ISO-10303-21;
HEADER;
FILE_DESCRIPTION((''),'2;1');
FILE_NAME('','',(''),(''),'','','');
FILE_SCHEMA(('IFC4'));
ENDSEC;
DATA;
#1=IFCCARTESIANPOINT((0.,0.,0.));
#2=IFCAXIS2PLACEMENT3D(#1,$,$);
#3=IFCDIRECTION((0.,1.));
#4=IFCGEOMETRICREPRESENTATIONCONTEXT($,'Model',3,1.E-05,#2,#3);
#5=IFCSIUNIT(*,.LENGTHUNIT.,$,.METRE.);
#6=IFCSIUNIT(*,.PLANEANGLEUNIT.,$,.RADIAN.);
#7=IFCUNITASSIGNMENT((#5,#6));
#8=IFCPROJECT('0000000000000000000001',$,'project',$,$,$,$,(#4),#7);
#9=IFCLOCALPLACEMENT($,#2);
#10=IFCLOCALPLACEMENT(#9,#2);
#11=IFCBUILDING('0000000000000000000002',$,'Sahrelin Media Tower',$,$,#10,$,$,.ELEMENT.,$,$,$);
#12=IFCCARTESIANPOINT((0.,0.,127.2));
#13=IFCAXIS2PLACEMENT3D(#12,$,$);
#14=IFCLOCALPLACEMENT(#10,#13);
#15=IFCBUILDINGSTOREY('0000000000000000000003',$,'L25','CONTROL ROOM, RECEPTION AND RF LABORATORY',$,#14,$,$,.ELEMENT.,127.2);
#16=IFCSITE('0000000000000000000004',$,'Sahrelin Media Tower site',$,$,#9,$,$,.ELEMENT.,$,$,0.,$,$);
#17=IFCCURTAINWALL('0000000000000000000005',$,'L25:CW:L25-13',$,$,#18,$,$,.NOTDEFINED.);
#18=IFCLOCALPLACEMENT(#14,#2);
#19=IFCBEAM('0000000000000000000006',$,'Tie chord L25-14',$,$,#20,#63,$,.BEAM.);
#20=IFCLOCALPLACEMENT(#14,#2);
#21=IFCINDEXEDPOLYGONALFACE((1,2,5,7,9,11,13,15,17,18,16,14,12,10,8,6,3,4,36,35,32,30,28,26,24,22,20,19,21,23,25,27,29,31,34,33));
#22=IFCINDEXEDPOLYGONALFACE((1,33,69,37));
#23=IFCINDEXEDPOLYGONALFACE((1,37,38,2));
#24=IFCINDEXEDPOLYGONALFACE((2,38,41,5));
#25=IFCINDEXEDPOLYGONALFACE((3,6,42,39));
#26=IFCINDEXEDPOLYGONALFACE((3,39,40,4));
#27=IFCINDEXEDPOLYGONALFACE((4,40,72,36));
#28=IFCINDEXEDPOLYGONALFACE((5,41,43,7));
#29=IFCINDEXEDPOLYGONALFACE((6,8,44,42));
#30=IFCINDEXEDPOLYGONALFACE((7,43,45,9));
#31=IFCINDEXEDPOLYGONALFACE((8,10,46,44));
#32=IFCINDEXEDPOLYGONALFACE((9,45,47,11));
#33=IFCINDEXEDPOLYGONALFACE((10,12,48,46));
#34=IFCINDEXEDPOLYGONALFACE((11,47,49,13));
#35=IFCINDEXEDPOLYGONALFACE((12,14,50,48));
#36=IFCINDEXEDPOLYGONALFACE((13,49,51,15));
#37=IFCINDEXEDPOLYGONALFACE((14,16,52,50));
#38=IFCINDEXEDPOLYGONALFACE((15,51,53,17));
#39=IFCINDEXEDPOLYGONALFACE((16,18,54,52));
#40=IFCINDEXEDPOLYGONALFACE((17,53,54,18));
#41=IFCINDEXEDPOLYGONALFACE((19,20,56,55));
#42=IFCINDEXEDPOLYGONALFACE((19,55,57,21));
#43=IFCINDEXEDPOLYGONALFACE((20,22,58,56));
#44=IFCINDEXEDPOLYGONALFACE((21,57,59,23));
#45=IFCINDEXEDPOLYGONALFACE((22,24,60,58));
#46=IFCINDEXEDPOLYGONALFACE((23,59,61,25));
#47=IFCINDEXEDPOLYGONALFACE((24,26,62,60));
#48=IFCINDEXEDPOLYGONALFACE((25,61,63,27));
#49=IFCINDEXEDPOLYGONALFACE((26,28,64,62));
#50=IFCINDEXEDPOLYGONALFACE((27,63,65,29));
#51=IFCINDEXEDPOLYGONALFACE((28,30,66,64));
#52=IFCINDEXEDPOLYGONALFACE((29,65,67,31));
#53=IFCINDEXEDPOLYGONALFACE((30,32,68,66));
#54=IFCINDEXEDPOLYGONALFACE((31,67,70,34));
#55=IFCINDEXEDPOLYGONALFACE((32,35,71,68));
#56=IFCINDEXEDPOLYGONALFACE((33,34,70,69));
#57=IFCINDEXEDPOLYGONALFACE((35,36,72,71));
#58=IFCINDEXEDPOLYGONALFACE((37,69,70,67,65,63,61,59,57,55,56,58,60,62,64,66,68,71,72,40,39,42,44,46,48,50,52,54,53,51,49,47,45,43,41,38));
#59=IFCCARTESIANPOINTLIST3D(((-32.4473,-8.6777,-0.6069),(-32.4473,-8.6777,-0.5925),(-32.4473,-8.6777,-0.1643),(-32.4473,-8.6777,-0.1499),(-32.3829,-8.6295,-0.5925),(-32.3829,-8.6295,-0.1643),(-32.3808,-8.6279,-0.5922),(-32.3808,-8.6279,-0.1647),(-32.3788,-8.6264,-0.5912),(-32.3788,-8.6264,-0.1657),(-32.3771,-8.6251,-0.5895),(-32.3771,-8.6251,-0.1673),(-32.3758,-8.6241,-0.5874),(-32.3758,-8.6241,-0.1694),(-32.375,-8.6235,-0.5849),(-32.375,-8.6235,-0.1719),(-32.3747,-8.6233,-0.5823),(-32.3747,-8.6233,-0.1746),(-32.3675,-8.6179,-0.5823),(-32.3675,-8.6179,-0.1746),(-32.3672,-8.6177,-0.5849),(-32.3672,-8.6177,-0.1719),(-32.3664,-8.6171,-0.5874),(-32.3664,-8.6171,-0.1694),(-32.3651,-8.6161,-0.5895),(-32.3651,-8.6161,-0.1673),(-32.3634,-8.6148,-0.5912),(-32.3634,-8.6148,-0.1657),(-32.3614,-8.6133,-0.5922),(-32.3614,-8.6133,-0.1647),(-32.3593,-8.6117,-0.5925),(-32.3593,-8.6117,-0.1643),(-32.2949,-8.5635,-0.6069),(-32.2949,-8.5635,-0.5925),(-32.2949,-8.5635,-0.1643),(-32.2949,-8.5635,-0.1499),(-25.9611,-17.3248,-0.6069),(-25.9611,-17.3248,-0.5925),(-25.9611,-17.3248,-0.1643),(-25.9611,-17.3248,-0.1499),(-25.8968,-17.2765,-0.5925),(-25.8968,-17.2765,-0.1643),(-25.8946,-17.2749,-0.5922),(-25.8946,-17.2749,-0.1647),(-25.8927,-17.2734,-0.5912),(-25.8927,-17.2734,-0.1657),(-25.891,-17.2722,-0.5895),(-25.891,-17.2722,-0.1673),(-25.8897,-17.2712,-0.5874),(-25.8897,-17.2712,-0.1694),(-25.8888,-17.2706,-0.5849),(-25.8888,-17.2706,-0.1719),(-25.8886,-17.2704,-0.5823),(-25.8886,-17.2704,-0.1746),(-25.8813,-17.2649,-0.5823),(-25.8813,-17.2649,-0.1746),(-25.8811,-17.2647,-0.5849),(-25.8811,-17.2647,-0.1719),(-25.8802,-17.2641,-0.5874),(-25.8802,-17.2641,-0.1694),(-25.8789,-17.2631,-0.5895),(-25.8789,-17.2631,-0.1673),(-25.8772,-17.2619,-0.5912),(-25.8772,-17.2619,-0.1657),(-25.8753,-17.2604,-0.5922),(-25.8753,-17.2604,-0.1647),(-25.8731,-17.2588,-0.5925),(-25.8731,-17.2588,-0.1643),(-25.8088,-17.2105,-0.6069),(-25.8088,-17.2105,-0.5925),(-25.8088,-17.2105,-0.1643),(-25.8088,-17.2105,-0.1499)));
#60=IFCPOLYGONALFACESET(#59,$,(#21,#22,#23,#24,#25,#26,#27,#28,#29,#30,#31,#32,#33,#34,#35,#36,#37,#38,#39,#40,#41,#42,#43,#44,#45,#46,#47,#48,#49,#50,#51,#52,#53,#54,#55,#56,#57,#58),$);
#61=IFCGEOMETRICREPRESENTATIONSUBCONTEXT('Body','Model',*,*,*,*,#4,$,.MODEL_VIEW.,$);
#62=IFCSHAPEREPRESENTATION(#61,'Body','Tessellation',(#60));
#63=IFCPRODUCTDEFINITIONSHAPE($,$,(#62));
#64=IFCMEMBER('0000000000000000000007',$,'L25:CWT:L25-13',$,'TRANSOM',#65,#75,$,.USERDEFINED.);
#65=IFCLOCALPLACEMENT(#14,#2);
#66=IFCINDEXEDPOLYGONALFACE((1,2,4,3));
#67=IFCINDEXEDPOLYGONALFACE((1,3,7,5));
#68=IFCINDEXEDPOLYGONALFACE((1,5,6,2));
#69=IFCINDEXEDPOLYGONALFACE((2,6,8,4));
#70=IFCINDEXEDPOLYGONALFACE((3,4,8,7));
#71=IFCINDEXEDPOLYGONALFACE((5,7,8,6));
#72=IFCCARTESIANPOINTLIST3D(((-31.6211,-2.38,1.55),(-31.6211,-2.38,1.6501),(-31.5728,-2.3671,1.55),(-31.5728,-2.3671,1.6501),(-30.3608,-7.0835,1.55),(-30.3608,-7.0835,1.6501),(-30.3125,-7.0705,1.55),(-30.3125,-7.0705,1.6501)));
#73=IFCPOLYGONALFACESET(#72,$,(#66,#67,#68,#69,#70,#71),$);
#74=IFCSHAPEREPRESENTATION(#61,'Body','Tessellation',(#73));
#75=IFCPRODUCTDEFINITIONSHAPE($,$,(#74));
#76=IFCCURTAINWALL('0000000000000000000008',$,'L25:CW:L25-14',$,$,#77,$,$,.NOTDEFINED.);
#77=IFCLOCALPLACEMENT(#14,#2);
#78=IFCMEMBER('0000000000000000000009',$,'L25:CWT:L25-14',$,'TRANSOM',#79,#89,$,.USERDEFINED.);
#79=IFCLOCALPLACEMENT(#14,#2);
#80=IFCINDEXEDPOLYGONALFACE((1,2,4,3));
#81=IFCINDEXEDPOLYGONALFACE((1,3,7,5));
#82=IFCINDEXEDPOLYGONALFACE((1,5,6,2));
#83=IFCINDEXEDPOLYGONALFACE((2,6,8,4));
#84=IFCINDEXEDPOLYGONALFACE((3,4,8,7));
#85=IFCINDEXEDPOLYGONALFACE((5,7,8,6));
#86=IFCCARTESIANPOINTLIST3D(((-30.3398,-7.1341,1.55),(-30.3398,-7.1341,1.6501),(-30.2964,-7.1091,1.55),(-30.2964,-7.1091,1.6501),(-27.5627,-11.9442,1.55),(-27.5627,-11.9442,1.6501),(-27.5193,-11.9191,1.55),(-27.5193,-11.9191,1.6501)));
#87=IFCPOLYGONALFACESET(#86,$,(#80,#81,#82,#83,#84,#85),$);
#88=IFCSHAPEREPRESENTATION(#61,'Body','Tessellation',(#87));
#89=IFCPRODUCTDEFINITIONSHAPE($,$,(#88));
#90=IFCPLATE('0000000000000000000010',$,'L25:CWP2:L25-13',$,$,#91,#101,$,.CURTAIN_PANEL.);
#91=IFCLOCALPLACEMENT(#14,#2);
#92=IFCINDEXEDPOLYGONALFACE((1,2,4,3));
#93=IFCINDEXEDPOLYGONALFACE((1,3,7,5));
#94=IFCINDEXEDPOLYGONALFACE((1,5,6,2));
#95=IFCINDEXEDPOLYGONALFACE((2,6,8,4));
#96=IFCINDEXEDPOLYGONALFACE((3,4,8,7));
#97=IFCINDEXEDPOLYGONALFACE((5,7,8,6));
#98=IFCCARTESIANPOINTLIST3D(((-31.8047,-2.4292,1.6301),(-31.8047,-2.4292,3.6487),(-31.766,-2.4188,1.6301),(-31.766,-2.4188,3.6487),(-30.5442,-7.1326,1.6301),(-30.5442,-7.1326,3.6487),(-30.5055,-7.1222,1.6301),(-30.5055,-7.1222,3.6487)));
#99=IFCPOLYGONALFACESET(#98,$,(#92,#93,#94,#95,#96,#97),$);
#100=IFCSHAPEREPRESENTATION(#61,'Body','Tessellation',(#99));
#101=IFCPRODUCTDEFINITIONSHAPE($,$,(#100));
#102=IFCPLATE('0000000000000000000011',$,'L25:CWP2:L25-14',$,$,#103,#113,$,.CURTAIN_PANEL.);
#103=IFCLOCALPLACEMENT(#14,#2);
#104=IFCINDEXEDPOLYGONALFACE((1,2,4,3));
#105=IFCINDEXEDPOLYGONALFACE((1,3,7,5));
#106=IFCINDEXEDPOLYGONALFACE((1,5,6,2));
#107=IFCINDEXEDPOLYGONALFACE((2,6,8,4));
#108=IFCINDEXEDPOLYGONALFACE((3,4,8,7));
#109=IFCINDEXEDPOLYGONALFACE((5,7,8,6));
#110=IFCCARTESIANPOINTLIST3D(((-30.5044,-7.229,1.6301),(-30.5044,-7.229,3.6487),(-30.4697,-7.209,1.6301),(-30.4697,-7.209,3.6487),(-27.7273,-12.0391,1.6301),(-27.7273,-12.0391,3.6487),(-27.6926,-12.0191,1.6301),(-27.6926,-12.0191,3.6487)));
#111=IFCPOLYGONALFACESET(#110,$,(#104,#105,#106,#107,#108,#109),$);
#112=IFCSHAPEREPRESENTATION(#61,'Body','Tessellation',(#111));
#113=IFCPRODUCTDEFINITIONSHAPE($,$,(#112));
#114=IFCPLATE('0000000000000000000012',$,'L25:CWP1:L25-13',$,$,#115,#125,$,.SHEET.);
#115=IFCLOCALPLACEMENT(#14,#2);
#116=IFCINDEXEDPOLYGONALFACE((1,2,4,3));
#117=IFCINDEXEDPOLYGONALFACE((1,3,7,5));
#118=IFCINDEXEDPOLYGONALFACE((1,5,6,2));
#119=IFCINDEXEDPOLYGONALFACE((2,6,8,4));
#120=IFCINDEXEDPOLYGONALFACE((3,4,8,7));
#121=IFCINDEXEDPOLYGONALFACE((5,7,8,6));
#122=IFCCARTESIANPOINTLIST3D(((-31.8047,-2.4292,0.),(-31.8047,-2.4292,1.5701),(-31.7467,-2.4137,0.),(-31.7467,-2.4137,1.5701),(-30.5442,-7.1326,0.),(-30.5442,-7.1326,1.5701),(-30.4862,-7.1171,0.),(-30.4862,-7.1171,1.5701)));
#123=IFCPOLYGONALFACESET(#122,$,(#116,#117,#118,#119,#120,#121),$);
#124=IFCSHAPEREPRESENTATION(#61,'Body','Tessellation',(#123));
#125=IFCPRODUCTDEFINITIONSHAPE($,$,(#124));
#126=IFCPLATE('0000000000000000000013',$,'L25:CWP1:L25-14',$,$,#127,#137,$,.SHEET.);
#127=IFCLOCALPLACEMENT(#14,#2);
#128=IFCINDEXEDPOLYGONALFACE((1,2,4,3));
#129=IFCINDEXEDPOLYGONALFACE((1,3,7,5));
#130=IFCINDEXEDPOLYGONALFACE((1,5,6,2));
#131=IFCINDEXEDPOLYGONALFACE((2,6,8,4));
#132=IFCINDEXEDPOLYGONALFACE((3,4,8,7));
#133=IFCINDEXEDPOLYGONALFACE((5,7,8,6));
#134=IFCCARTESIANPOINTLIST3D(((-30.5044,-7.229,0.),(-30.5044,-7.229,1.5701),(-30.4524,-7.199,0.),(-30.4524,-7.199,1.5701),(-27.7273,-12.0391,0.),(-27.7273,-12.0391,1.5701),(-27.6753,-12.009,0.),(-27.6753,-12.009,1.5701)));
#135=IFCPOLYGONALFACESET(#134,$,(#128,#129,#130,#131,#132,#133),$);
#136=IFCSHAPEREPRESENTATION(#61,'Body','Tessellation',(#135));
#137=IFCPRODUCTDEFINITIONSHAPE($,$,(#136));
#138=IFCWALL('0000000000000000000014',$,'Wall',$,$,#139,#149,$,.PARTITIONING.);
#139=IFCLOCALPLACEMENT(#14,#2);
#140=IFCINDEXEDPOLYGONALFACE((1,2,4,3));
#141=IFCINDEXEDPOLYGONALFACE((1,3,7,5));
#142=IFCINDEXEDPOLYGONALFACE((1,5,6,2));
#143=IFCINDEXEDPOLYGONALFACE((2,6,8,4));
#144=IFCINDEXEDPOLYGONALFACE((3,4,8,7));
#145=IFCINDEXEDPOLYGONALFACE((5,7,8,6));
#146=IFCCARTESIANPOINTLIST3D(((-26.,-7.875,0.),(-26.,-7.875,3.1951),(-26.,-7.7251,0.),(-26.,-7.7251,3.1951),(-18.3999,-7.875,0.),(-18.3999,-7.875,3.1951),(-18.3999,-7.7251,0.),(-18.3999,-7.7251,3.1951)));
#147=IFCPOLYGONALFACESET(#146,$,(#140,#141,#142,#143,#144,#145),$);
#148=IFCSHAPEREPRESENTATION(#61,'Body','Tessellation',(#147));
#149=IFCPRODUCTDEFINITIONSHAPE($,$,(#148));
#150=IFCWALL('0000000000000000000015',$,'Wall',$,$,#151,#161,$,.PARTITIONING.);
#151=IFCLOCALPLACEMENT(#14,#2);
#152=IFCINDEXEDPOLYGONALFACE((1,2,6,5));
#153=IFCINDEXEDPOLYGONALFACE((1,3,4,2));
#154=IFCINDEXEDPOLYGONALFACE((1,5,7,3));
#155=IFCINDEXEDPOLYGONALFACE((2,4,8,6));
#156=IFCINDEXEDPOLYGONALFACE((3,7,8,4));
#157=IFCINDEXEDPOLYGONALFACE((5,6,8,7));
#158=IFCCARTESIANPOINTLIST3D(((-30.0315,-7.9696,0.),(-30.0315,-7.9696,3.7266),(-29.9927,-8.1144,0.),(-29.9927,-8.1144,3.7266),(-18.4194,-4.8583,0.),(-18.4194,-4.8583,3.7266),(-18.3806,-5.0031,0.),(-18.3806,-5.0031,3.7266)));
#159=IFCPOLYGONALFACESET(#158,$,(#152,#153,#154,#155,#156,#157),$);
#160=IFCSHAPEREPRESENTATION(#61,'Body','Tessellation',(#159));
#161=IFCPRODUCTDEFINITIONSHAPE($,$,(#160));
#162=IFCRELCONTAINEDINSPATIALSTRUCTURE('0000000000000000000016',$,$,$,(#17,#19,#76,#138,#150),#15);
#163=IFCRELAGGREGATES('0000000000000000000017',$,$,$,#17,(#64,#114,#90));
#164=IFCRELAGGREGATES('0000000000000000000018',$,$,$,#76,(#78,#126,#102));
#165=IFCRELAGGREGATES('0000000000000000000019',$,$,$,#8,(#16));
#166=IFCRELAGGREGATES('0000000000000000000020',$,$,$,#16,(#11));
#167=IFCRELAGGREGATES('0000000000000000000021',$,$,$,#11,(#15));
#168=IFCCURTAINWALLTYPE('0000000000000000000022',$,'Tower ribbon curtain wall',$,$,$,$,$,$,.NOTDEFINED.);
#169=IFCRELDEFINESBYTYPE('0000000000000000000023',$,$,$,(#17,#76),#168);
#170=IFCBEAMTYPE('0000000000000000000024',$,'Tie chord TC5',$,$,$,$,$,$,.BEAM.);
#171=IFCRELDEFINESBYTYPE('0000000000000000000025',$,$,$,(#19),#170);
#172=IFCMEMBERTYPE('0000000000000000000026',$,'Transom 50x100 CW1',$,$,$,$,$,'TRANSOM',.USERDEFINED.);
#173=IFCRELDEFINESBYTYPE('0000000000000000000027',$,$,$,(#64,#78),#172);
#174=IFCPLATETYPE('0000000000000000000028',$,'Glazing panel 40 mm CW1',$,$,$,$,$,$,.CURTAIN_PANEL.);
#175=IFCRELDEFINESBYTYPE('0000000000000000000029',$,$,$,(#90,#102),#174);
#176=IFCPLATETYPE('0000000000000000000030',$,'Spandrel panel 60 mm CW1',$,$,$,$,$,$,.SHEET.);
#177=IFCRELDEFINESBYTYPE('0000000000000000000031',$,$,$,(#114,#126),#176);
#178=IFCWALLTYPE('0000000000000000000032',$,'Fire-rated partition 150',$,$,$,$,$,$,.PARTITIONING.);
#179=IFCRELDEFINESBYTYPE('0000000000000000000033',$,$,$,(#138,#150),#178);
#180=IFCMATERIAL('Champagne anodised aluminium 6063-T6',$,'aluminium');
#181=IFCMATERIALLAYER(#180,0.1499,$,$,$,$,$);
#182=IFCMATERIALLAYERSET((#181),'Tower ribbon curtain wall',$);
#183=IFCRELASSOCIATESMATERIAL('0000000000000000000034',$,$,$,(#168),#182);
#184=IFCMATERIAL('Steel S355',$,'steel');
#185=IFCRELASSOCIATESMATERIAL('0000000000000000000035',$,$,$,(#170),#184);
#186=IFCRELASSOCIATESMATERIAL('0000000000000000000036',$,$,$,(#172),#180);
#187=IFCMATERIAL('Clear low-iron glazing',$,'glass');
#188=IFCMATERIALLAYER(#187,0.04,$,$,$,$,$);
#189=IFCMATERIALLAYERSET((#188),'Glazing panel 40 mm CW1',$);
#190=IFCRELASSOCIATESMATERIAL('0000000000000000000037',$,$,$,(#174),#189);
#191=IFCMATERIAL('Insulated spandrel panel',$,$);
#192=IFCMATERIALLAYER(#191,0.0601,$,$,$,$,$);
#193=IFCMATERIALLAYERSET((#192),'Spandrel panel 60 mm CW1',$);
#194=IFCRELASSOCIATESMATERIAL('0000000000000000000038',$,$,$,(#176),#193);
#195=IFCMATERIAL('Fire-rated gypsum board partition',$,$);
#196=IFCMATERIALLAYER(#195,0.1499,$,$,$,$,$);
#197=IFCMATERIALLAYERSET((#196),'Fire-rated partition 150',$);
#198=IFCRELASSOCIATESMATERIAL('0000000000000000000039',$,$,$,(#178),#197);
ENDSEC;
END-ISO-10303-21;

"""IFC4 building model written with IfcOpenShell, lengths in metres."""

from ifc_helpers import new_model, si_unit, direction, frame, frame_2d, origin, origin_2d, place, context, subcontext, project, spatial, polyline, rectangle, i_section, outline, extrude, material, layer, layer_set, material_profile, profile_set, type_object, element, aggregate, save


model = new_model("IFC4")

# Units and contexts
model_context = context("Model", 3, precision=1e-05, world=origin(), true_north=direction((0.0, 1.0)))
body_context = subcontext(model_context, "Body", "Model", "MODEL_VIEW")
ifc_project = project(units=[si_unit("LENGTHUNIT", "METRE"), si_unit("PLANEANGLEUNIT", "RADIAN")], contexts=[model_context])

# Site, building, storey
site_placement = place(None, origin())
site = spatial("IfcSite", under=ifc_project, at=site_placement, Name="Sahrelin Media Tower site", CompositionType="ELEMENT", RefElevation=0.0)
building_placement = place(site_placement, origin())
building = spatial("IfcBuilding", under=site, at=building_placement, Name="Sahrelin Media Tower", CompositionType="ELEMENT")
storey_placement = place(building_placement, frame((0.0, 0.0, 127.2)))
storey = spatial("IfcBuildingStorey", under=building, at=storey_placement, Name="L25", Description="CONTROL ROOM, RECEPTION AND RF LABORATORY", CompositionType="ELEMENT", Elevation=127.2)

# Shared definitions
ifc_material_1 = material(Name="Steel S355", Category="steel")

# Curtain wall
ifc_material_2 = material(Name="Champagne anodised aluminium 6063-T6", Category="aluminium")
ifc_layer_1 = layer(ifc_material_2, 0.1499)
ifc_layer_set_1 = layer_set([ifc_layer_1], Name="Tower ribbon curtain wall")
curtain_wall_type = type_object("IfcCurtainWallType", Name="Tower ribbon curtain wall", PredefinedType="NOTDEFINED", material=ifc_layer_set_1)
curtain_wall_1_placement = place(storey_placement, frame((-31.155, -4.7756, 0.0), z_axis=(0.0, 0.0, 1.0), x_axis=(1.0, 0.0, 0.0)))
curtain_wall_1 = element("IfcCurtainWall", 1, at=curtain_wall_1_placement, inside=storey, type_object=curtain_wall_type, Name="L25:CW:L25-13", PredefinedType="NOTDEFINED")

# Beam
ifc_material_profile_1 = material_profile(ifc_material_1, i_section(OverallWidth=0.1904, OverallDepth=0.457, WebThickness=0.009, FlangeThickness=0.0144, FilletRadius=0.0103, at=origin_2d()), Name="UB 457x191x74")
ifc_profile_set_1 = profile_set([ifc_material_profile_1], Name="Steel S355")
beam_type_1 = type_object("IfcBeamType", Name="Tie chord TC5", PredefinedType="BEAM", material=ifc_profile_set_1)
beam_1_placement = place(storey_placement, frame((-32.3711, -8.6206, -0.3784), z_axis=(0.600051, -0.799962, 0.0), x_axis=(0.799962, 0.600051, 0.0)))
element("IfcBeam", 2, at=beam_1_placement, inside=storey, type_object=beam_type_1, Name="Tie chord L25-14", PredefinedType="BEAM", context=body_context, shape_type="SweptSolid", body=[
    extrude(i_section(OverallWidth=0.1904, OverallDepth=0.457, WebThickness=0.009, FlangeThickness=0.0144, FilletRadius=0.0103, at=origin_2d()), origin(), (0.0, 0.0, 1.0), 10.8093),
])

# Member
ifc_material_profile_2 = material_profile(ifc_material_2, rectangle(XDim=0.05, YDim=0.1001, at=origin_2d()), Name="Transom 50x100")
ifc_profile_set_2 = profile_set([ifc_material_profile_2], Name="Champagne anodised aluminium 6063-T6")
member_type_1 = type_object("IfcMemberType", Name="Transom 50x100 CW1", ElementType="TRANSOM", PredefinedType="USERDEFINED", material=ifc_profile_set_2)
member_1_placement = place(storey_placement, frame((-31.5969, -2.3735, 1.6001), z_axis=(0.258817, -0.965926, 0.0), x_axis=(0.965926, 0.258817, 0.0)))
member_1 = element("IfcMember", 3, at=member_1_placement, type_object=member_type_1, Name="L25:CWT:L25-13", ObjectType="TRANSOM", PredefinedType="USERDEFINED", context=body_context, shape_type="SweptSolid", body=[
    extrude(rectangle(XDim=0.05, YDim=0.1001, at=origin_2d()), origin(), (0.0, 0.0, 1.0), 4.8694),
])

# Curtain wall, member
curtain_wall_2_placement = place(storey_placement, frame((-29.0984, -9.624, 0.0), z_axis=(0.0, 0.0, 1.0), x_axis=(1.0, 0.0, 0.0)))
curtain_wall_2 = element("IfcCurtainWall", 4, at=curtain_wall_2_placement, inside=storey, type_object=curtain_wall_type, Name="L25:CW:L25-14", PredefinedType="NOTDEFINED")
member_2_placement = place(storey_placement, frame((-30.3181, -7.1216, 1.6001), z_axis=(0.500001, -0.866025, 0.0), x_axis=(0.866025, 0.500001, 0.0)))
member_2 = element("IfcMember", 5, at=member_2_placement, type_object=member_type_1, Name="L25:CWT:L25-14", ObjectType="TRANSOM", PredefinedType="USERDEFINED", context=body_context, shape_type="SweptSolid", body=[
    extrude(rectangle(XDim=0.05, YDim=0.1001, at=origin_2d()), origin(), (0.0, 0.0, 1.0), 5.5542),
])

# Plates
ifc_material_3 = material(Name="Clear low-iron glazing", Category="glass")
ifc_layer_2 = layer(ifc_material_3, 0.04)
ifc_layer_set_2 = layer_set([ifc_layer_2], Name="Glazing panel 40 mm CW1")
plate_type_1 = type_object("IfcPlateType", Name="Glazing panel 40 mm CW1", PredefinedType="CURTAIN_PANEL", material=ifc_layer_set_2)
plate_1_placement = place(storey_placement, frame((-31.8047, -2.4292, 1.6301), z_axis=(-0.965914, -0.258864, 0.0), x_axis=(0.258864, -0.965914, 0.0)))
plate_1 = element("IfcPlate", 6, at=plate_1_placement, type_object=plate_type_1, Name="L25:CWP2:L25-13", PredefinedType="CURTAIN_PANEL", context=body_context, shape_type="SweptSolid", body=[
    extrude(outline(polyline([(0.0, 0.0), (4.8694, 0.0), (4.8694, 2.0186), (0.0, 2.0186), (0.0, 0.0)])), origin(), (0.0, 0.0, -1.0), 0.04),
])
plate_2_placement = place(storey_placement, frame((-30.5044, -7.229, 1.6301), z_axis=(-0.866025, -0.500001, 0.0), x_axis=(0.500001, -0.866025, 0.0)))
plate_2 = element("IfcPlate", 7, at=plate_2_placement, type_object=plate_type_1, Name="L25:CWP2:L25-14", PredefinedType="CURTAIN_PANEL", context=body_context, shape_type="SweptSolid", body=[
    extrude(outline(polyline([(0.0, 0.0), (5.5542, 0.0), (5.5542, 2.0186), (0.0, 2.0186), (0.0, 0.0)])), origin(), (0.0, 0.0, -1.0), 0.04),
])
ifc_material_4 = material(Name="Insulated spandrel panel")
ifc_layer_3 = layer(ifc_material_4, 0.0601)
ifc_layer_set_3 = layer_set([ifc_layer_3], Name="Spandrel panel 60 mm CW1")
plate_type_2 = type_object("IfcPlateType", Name="Spandrel panel 60 mm CW1", PredefinedType="SHEET", material=ifc_layer_set_3)
plate_3_placement = place(storey_placement, frame((-31.8047, -2.4292, 0.0), z_axis=(-0.965914, -0.258864, 0.0), x_axis=(0.258864, -0.965914, 0.0)))
plate_3 = element("IfcPlate", 8, at=plate_3_placement, type_object=plate_type_2, Name="L25:CWP1:L25-13", PredefinedType="SHEET", context=body_context, shape_type="SweptSolid", body=[
    extrude(outline(polyline([(0.0, 0.0), (4.8694, 0.0), (4.8694, 1.5701), (0.0, 1.5701), (0.0, 0.0)])), origin(), (0.0, 0.0, -1.0), 0.0601),
])
aggregate(curtain_wall_1, [member_1, plate_3, plate_1])
plate_4_placement = place(storey_placement, frame((-30.5044, -7.229, 0.0), z_axis=(-0.866025, -0.500001, 0.0), x_axis=(0.500001, -0.866025, 0.0)))
plate_4 = element("IfcPlate", 9, at=plate_4_placement, type_object=plate_type_2, Name="L25:CWP1:L25-14", PredefinedType="SHEET", context=body_context, shape_type="SweptSolid", body=[
    extrude(outline(polyline([(0.0, 0.0), (5.5542, 0.0), (5.5542, 1.5701), (0.0, 1.5701), (0.0, 0.0)])), origin(), (0.0, 0.0, -1.0), 0.0601),
])
aggregate(curtain_wall_2, [member_2, plate_4, plate_2])

# Walls
ifc_material_5 = material(Name="Fire-rated gypsum board partition")
ifc_layer_4 = layer(ifc_material_5, 0.1499)
ifc_layer_set_4 = layer_set([ifc_layer_4], Name="Fire-rated partition 150")
wall_type_1 = type_object("IfcWallType", Name="Fire-rated partition 150", PredefinedType="PARTITIONING", material=ifc_layer_set_4)
wall_1_placement = place(storey_placement, frame((-26.0, -7.8, 0.0), z_axis=(0.0, 0.0, 1.0), x_axis=(1.0, 0.0, 0.0)))
element("IfcWall", 10, at=wall_1_placement, inside=storey, type_object=wall_type_1, Name="Wall", PredefinedType="PARTITIONING", context=body_context, shape_type="SweptSolid", body=[
    extrude(rectangle(XDim=7.6001, YDim=0.1499, at=frame_2d((3.8, 0.0))), origin(), (0.0, 0.0, 1.0), 3.1951),
])
wall_2_placement = place(storey_placement, frame((-30.012, -8.042, 0.0), z_axis=(0.0, 0.0, 1.0), x_axis=(0.965928, 0.25881, 0.0)))
element("IfcWall", 11, at=wall_2_placement, inside=storey, type_object=wall_type_1, Name="Wall", PredefinedType="PARTITIONING", context=body_context, shape_type="SweptSolid", body=[
    extrude(rectangle(XDim=12.0217, YDim=0.1499, at=frame_2d((6.0107, 0.0))), origin(), (0.0, 0.0, 1.0), 3.7266),
])

save(model, "model.ifc")
